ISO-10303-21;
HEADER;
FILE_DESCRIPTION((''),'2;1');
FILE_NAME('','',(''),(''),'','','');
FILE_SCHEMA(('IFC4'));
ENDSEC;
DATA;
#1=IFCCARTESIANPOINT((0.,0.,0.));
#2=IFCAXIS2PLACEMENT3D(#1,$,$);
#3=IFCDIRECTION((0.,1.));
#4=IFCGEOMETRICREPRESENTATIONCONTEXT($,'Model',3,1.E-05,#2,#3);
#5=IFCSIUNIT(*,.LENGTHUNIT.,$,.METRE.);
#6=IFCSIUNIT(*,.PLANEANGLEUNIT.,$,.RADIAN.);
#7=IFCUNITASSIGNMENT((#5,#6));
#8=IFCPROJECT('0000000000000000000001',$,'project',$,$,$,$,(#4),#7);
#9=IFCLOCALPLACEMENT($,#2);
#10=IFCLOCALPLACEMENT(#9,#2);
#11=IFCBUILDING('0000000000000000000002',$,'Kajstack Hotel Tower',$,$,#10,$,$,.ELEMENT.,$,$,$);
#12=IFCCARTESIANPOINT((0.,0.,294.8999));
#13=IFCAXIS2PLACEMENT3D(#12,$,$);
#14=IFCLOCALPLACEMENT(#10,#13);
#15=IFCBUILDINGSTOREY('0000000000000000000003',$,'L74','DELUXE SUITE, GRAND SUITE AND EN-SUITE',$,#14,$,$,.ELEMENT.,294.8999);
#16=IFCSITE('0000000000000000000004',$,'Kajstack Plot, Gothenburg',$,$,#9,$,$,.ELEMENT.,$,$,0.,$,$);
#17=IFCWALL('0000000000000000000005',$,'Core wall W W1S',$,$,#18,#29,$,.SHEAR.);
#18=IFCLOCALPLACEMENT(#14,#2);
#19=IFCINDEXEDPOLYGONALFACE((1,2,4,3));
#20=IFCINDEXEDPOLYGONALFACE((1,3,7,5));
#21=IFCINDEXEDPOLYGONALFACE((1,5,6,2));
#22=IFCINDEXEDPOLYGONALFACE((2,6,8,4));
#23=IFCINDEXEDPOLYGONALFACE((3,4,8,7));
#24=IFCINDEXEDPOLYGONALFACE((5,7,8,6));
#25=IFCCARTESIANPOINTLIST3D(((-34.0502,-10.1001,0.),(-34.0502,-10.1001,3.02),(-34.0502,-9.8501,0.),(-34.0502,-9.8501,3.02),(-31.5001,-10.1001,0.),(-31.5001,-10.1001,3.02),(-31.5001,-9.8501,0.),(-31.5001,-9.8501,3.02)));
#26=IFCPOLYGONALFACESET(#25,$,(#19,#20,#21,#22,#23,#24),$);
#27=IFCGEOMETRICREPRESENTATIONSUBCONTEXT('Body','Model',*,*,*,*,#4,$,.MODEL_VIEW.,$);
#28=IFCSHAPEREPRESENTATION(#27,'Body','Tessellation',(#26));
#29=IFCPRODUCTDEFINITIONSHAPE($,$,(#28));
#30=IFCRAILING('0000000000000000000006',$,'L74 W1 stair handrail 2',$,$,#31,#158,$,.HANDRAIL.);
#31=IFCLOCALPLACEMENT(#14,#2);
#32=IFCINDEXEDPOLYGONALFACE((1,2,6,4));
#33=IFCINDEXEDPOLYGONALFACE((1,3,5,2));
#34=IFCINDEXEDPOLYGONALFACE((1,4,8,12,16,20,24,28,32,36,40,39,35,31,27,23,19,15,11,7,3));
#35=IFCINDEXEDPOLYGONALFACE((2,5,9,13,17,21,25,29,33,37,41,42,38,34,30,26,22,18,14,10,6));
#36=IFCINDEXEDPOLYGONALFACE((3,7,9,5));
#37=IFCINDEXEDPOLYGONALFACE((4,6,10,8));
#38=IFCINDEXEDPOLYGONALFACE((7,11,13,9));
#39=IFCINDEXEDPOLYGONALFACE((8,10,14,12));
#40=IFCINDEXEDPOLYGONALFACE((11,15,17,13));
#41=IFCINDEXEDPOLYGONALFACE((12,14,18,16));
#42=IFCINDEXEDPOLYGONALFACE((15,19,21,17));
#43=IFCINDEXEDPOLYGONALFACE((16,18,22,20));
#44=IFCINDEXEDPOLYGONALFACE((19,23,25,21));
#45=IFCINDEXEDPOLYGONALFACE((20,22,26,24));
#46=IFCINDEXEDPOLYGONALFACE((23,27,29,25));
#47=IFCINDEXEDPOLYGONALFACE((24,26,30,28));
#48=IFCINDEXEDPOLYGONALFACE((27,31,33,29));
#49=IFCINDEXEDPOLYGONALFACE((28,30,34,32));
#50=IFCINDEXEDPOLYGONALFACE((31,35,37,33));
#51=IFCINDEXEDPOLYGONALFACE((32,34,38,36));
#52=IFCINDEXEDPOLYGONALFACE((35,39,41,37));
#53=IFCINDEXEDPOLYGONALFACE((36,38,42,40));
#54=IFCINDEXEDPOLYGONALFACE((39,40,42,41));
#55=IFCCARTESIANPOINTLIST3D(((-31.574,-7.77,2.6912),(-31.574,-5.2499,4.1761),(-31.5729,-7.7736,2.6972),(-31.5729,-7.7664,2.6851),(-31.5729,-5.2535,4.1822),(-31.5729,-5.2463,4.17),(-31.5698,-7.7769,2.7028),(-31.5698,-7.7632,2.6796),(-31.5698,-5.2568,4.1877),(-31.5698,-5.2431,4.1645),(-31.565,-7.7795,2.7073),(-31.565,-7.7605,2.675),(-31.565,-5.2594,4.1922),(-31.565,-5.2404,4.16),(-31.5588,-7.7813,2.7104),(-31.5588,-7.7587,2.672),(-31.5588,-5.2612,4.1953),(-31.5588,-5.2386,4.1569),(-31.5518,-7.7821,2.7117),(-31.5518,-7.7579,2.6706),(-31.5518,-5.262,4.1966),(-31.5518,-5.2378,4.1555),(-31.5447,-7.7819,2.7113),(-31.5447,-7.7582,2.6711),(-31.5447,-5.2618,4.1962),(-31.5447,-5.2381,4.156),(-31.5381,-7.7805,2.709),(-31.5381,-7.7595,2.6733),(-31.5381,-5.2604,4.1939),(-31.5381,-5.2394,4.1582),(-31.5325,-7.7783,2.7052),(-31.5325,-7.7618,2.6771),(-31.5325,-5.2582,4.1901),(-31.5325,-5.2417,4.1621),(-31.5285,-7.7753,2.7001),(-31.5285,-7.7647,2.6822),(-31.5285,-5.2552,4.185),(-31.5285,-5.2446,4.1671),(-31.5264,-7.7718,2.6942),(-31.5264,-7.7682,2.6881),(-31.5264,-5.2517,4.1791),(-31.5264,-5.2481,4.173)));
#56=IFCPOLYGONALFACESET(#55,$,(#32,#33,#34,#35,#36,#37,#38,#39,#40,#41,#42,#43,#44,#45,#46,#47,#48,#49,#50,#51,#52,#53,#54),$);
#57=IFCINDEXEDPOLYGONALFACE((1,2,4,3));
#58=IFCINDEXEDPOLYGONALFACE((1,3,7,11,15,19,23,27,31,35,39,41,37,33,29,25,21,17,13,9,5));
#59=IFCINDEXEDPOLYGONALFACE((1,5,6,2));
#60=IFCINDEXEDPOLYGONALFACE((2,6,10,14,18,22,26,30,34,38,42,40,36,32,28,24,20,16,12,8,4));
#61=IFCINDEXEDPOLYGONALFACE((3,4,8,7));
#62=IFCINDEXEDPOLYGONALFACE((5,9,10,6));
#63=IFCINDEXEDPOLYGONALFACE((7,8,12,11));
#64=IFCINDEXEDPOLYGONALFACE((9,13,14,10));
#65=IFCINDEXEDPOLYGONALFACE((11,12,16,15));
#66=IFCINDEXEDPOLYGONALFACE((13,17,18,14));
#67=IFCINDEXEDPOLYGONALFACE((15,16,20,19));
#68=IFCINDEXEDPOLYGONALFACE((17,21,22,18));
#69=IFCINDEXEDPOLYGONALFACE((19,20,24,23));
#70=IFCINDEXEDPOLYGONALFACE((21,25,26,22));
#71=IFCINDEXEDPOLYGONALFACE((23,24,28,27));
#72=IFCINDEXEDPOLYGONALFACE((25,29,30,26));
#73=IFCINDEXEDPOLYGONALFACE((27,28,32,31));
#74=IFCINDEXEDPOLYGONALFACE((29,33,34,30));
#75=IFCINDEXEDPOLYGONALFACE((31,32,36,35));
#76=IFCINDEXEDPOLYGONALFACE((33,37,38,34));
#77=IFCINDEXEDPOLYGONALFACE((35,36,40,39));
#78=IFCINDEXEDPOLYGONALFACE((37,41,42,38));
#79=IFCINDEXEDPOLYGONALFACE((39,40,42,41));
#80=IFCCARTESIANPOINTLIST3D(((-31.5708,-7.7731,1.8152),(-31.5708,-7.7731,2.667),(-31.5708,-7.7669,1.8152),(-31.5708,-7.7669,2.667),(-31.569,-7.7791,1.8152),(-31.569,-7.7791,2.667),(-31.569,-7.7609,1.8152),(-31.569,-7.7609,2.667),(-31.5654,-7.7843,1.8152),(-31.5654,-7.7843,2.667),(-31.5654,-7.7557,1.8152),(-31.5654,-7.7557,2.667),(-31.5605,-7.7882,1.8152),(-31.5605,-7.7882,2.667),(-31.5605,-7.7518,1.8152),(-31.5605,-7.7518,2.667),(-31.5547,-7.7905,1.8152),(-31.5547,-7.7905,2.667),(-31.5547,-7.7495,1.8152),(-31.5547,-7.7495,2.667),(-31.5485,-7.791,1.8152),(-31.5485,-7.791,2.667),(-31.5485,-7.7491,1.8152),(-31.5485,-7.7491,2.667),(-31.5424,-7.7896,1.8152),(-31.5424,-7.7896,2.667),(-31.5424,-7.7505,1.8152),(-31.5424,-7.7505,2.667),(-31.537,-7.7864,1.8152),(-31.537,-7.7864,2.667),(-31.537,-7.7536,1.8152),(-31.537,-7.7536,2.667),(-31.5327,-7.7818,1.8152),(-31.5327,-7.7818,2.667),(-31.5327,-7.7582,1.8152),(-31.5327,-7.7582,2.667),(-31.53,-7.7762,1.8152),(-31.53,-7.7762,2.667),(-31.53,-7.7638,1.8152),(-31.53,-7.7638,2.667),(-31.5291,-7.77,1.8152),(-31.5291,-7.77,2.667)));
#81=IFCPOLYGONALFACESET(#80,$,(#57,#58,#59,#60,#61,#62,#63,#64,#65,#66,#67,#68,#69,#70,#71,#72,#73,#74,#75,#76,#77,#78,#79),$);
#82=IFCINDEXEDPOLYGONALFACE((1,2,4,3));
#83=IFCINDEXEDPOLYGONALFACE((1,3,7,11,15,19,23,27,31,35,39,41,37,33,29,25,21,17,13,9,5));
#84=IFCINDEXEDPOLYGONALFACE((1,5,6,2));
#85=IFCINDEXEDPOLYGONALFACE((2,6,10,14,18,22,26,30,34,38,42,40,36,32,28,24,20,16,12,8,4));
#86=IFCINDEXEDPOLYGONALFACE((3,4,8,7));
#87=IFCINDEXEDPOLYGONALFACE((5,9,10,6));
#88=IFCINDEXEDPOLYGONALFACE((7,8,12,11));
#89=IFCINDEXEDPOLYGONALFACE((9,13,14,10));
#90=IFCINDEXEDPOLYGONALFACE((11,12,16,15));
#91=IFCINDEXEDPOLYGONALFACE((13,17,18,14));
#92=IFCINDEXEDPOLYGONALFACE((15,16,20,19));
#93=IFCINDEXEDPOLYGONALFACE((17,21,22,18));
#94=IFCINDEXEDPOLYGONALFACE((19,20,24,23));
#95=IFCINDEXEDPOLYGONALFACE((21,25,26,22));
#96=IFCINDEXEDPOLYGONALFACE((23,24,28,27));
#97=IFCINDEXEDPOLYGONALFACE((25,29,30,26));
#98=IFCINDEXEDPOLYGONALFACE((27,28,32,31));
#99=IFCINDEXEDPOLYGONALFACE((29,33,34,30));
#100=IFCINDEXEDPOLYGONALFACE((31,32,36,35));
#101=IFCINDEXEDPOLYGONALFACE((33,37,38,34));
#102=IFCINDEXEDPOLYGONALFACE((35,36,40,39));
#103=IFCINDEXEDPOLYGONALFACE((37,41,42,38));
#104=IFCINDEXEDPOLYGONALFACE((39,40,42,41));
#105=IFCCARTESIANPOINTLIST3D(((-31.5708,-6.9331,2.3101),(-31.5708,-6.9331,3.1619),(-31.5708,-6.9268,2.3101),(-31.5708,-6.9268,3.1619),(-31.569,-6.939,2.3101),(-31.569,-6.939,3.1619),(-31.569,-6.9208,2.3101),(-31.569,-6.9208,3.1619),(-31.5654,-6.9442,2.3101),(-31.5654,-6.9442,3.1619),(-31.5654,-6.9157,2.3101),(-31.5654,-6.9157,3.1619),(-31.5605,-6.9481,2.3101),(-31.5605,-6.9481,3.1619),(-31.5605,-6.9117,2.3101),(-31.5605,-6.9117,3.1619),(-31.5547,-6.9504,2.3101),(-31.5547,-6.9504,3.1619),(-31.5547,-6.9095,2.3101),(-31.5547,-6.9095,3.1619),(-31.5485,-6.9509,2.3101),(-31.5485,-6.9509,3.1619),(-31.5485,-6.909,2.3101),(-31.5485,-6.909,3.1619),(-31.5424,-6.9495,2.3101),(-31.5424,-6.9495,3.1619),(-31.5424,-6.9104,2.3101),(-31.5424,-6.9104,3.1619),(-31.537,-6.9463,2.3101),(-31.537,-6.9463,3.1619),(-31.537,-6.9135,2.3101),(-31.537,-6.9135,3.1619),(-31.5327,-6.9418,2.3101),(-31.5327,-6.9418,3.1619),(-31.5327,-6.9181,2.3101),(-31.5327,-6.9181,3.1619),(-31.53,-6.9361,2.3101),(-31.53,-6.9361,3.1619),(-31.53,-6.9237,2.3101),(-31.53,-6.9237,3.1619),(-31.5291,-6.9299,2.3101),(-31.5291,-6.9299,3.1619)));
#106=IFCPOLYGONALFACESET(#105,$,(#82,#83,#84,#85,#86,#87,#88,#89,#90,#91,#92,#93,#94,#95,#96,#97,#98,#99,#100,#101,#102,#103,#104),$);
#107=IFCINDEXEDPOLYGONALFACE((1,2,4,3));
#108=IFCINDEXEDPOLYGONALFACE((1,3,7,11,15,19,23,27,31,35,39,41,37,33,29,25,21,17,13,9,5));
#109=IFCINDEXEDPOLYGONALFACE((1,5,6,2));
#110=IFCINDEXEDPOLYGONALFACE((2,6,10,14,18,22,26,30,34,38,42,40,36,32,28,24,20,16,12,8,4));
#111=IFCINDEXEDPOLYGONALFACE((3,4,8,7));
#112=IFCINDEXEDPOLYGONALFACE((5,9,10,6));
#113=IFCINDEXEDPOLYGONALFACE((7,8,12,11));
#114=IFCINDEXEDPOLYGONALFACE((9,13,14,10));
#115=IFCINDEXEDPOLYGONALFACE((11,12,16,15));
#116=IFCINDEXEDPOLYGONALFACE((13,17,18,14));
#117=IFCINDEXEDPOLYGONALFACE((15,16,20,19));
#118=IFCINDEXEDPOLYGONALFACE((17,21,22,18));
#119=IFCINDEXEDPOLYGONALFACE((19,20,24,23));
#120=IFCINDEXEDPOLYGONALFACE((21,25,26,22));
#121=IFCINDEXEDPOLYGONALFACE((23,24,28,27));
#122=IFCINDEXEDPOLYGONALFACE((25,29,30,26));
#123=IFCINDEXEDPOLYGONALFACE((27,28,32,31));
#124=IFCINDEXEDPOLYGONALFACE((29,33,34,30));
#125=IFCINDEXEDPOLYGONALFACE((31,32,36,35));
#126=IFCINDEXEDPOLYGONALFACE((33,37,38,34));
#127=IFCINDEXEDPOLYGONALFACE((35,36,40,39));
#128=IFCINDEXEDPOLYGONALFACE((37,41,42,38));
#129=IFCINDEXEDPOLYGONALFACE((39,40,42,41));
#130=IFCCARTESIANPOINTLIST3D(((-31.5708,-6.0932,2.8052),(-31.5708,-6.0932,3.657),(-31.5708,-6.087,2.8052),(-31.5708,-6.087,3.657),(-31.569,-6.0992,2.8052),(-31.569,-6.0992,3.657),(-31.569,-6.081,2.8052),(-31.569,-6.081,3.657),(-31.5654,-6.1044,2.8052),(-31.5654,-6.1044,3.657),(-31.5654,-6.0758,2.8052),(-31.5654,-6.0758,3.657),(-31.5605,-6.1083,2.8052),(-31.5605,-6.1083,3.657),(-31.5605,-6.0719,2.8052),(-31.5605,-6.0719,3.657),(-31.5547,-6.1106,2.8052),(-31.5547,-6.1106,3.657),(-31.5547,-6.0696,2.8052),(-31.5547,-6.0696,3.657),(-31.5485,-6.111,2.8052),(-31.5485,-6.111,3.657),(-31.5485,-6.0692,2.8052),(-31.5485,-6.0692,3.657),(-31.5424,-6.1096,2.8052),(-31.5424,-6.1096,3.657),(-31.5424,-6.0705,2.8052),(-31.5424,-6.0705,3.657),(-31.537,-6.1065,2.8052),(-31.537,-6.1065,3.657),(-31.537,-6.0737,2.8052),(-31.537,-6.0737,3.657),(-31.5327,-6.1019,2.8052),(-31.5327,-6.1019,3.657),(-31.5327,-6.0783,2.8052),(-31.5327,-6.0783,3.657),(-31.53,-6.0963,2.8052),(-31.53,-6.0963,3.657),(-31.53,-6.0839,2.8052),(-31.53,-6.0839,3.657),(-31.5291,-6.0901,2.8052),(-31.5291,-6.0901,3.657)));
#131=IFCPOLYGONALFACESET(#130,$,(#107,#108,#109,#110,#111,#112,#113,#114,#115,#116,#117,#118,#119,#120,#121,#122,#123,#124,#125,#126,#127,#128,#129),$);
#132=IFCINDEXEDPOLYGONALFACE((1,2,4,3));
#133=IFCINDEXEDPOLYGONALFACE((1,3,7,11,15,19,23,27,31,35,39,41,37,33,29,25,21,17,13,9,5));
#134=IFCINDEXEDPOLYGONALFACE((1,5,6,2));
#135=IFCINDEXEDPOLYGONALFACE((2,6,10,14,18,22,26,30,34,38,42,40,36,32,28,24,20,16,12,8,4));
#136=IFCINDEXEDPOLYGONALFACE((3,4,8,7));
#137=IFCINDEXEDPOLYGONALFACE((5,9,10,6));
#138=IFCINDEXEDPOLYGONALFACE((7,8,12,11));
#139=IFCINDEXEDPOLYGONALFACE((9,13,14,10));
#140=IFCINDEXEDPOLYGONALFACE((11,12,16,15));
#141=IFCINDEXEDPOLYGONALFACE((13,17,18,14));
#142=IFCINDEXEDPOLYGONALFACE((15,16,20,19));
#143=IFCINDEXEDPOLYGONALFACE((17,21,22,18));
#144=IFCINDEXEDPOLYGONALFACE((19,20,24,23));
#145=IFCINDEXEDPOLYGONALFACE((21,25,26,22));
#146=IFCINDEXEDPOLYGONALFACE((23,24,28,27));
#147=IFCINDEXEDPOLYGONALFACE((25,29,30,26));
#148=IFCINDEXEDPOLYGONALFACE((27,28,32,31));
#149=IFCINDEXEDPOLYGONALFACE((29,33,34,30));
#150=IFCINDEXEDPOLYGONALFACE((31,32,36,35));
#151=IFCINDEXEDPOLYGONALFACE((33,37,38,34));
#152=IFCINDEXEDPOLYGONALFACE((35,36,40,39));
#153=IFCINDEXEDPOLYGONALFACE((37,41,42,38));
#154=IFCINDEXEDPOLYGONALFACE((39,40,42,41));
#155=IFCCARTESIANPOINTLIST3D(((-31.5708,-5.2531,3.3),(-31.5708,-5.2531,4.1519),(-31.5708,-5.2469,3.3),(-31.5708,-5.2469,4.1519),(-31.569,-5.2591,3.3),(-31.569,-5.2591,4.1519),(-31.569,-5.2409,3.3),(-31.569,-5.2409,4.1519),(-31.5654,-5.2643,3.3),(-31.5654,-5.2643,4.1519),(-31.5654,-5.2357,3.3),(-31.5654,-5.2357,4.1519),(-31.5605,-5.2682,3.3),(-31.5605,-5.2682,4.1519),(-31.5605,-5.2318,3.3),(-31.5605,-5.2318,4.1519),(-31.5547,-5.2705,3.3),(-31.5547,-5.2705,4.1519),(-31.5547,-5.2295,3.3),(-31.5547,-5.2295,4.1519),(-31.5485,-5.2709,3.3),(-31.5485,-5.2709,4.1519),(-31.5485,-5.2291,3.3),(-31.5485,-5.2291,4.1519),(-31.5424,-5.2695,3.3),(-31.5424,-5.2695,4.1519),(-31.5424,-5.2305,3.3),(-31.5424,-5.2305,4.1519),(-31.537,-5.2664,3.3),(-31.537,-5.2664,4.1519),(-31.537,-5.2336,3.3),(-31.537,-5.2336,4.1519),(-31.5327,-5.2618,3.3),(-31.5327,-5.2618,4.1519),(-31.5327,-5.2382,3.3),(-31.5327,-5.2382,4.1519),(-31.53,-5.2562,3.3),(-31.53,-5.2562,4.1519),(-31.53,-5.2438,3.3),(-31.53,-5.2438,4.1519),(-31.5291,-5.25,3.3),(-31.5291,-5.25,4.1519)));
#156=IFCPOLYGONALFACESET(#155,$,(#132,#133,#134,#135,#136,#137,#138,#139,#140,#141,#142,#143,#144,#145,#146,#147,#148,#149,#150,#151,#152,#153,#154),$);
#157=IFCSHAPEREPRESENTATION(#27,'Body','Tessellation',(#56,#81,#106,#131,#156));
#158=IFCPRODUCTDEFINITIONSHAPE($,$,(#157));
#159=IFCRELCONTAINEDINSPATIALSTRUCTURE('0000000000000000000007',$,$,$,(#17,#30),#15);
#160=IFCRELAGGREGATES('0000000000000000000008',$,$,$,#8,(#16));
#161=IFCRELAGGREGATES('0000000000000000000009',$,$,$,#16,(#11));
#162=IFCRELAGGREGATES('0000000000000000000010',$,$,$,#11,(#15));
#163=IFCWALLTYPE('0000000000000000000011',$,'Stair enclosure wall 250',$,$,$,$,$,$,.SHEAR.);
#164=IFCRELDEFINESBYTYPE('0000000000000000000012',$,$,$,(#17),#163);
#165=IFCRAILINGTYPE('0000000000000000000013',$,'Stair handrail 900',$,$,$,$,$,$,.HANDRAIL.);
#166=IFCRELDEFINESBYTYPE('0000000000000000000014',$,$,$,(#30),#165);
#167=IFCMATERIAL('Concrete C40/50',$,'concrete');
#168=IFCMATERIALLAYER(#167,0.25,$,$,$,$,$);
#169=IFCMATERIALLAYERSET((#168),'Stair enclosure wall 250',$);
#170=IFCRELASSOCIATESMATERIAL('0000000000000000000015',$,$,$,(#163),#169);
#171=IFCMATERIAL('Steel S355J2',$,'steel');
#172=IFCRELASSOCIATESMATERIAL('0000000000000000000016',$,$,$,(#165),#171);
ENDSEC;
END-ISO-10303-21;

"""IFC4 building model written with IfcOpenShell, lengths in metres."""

from ifc_helpers import new_model, si_unit, direction, frame, frame_2d, origin, origin_2d, place, context, subcontext, project, spatial, rectangle, circle, extrude, material, layer, layer_set, type_object, element, save


model = new_model("IFC4")

# Units and contexts
model_context = context("Model", 3, precision=1e-05, world=origin(), true_north=direction((0.0, 1.0)))
body_context = subcontext(model_context, "Body", "Model", "MODEL_VIEW")
ifc_project = project(units=[si_unit("LENGTHUNIT", "METRE"), si_unit("PLANEANGLEUNIT", "RADIAN")], contexts=[model_context])

# Site, building, storey
site_placement = place(None, origin())
site = spatial("IfcSite", under=ifc_project, at=site_placement, Name="Kajstack Plot, Gothenburg", CompositionType="ELEMENT", RefElevation=0.0)
building_placement = place(site_placement, origin())
building = spatial("IfcBuilding", under=site, at=building_placement, Name="Kajstack Hotel Tower", CompositionType="ELEMENT")
storey_placement = place(building_placement, frame((0.0, 0.0, 294.8999)))
storey = spatial("IfcBuildingStorey", under=building, at=storey_placement, Name="L74", Description="DELUXE SUITE, GRAND SUITE AND EN-SUITE", CompositionType="ELEMENT", Elevation=294.8999)

# Wall
ifc_material_1 = material(Name="Concrete C40/50", Category="concrete")
ifc_layer_1 = layer(ifc_material_1, 0.25)
ifc_layer_set_1 = layer_set([ifc_layer_1], Name="Stair enclosure wall 250")
wall_type_1 = type_object("IfcWallType", Name="Stair enclosure wall 250", PredefinedType="SHEAR", material=ifc_layer_set_1)
wall_1_placement = place(storey_placement, frame((-34.05, -9.9751, 0.0), z_axis=(0.0, 0.0, 1.0), x_axis=(1.0, 0.0, 0.0)))
element("IfcWall", 1, at=wall_1_placement, inside=storey, type_object=wall_type_1, Name="Core wall W W1S", PredefinedType="SHEAR", context=body_context, shape_type="SweptSolid", body=[
    extrude(rectangle(XDim=2.55, YDim=0.25, at=frame_2d((1.2749, 0.0))), origin(), (0.0, 0.0, 1.0), 3.02),
])

# Railing
ifc_material_2 = material(Name="Steel S355J2", Category="steel")
railing_type_1 = type_object("IfcRailingType", Name="Stair handrail 900", PredefinedType="HANDRAIL", material=ifc_material_2)
railing_1_placement = place(storey_placement, frame((-31.55, -7.77, 1.8152)))
element("IfcRailing", 2, at=railing_1_placement, inside=storey, type_object=railing_type_1, Name="L74 W1 stair handrail 2", PredefinedType="HANDRAIL", context=body_context, shape_type="SweptSolid", body=[
    extrude(circle(Radius=0.0239, at=origin_2d()), frame((0.0, 0.0, 0.876), z_axis=(0.0, 0.861561, 0.507655), x_axis=(-1.0, 0.0, 0.0)), (0.0, 0.0, 1.0), 2.925),
    extrude(circle(Radius=0.021, at=origin_2d()), origin(), (0.0, 0.0, 1.0), 0.8518),
    extrude(circle(Radius=0.021, at=origin_2d()), frame((0.0, 0.8401, 0.4949)), (0.0, 0.0, 1.0), 0.8518),
    extrude(circle(Radius=0.021, at=origin_2d()), frame((0.0, 1.6799, 0.99)), (0.0, 0.0, 1.0), 0.8518),
    extrude(circle(Radius=0.021, at=origin_2d()), frame((0.0, 2.52, 1.4849)), (0.0, 0.0, 1.0), 0.8518),
])

save(model, "model.ifc")
